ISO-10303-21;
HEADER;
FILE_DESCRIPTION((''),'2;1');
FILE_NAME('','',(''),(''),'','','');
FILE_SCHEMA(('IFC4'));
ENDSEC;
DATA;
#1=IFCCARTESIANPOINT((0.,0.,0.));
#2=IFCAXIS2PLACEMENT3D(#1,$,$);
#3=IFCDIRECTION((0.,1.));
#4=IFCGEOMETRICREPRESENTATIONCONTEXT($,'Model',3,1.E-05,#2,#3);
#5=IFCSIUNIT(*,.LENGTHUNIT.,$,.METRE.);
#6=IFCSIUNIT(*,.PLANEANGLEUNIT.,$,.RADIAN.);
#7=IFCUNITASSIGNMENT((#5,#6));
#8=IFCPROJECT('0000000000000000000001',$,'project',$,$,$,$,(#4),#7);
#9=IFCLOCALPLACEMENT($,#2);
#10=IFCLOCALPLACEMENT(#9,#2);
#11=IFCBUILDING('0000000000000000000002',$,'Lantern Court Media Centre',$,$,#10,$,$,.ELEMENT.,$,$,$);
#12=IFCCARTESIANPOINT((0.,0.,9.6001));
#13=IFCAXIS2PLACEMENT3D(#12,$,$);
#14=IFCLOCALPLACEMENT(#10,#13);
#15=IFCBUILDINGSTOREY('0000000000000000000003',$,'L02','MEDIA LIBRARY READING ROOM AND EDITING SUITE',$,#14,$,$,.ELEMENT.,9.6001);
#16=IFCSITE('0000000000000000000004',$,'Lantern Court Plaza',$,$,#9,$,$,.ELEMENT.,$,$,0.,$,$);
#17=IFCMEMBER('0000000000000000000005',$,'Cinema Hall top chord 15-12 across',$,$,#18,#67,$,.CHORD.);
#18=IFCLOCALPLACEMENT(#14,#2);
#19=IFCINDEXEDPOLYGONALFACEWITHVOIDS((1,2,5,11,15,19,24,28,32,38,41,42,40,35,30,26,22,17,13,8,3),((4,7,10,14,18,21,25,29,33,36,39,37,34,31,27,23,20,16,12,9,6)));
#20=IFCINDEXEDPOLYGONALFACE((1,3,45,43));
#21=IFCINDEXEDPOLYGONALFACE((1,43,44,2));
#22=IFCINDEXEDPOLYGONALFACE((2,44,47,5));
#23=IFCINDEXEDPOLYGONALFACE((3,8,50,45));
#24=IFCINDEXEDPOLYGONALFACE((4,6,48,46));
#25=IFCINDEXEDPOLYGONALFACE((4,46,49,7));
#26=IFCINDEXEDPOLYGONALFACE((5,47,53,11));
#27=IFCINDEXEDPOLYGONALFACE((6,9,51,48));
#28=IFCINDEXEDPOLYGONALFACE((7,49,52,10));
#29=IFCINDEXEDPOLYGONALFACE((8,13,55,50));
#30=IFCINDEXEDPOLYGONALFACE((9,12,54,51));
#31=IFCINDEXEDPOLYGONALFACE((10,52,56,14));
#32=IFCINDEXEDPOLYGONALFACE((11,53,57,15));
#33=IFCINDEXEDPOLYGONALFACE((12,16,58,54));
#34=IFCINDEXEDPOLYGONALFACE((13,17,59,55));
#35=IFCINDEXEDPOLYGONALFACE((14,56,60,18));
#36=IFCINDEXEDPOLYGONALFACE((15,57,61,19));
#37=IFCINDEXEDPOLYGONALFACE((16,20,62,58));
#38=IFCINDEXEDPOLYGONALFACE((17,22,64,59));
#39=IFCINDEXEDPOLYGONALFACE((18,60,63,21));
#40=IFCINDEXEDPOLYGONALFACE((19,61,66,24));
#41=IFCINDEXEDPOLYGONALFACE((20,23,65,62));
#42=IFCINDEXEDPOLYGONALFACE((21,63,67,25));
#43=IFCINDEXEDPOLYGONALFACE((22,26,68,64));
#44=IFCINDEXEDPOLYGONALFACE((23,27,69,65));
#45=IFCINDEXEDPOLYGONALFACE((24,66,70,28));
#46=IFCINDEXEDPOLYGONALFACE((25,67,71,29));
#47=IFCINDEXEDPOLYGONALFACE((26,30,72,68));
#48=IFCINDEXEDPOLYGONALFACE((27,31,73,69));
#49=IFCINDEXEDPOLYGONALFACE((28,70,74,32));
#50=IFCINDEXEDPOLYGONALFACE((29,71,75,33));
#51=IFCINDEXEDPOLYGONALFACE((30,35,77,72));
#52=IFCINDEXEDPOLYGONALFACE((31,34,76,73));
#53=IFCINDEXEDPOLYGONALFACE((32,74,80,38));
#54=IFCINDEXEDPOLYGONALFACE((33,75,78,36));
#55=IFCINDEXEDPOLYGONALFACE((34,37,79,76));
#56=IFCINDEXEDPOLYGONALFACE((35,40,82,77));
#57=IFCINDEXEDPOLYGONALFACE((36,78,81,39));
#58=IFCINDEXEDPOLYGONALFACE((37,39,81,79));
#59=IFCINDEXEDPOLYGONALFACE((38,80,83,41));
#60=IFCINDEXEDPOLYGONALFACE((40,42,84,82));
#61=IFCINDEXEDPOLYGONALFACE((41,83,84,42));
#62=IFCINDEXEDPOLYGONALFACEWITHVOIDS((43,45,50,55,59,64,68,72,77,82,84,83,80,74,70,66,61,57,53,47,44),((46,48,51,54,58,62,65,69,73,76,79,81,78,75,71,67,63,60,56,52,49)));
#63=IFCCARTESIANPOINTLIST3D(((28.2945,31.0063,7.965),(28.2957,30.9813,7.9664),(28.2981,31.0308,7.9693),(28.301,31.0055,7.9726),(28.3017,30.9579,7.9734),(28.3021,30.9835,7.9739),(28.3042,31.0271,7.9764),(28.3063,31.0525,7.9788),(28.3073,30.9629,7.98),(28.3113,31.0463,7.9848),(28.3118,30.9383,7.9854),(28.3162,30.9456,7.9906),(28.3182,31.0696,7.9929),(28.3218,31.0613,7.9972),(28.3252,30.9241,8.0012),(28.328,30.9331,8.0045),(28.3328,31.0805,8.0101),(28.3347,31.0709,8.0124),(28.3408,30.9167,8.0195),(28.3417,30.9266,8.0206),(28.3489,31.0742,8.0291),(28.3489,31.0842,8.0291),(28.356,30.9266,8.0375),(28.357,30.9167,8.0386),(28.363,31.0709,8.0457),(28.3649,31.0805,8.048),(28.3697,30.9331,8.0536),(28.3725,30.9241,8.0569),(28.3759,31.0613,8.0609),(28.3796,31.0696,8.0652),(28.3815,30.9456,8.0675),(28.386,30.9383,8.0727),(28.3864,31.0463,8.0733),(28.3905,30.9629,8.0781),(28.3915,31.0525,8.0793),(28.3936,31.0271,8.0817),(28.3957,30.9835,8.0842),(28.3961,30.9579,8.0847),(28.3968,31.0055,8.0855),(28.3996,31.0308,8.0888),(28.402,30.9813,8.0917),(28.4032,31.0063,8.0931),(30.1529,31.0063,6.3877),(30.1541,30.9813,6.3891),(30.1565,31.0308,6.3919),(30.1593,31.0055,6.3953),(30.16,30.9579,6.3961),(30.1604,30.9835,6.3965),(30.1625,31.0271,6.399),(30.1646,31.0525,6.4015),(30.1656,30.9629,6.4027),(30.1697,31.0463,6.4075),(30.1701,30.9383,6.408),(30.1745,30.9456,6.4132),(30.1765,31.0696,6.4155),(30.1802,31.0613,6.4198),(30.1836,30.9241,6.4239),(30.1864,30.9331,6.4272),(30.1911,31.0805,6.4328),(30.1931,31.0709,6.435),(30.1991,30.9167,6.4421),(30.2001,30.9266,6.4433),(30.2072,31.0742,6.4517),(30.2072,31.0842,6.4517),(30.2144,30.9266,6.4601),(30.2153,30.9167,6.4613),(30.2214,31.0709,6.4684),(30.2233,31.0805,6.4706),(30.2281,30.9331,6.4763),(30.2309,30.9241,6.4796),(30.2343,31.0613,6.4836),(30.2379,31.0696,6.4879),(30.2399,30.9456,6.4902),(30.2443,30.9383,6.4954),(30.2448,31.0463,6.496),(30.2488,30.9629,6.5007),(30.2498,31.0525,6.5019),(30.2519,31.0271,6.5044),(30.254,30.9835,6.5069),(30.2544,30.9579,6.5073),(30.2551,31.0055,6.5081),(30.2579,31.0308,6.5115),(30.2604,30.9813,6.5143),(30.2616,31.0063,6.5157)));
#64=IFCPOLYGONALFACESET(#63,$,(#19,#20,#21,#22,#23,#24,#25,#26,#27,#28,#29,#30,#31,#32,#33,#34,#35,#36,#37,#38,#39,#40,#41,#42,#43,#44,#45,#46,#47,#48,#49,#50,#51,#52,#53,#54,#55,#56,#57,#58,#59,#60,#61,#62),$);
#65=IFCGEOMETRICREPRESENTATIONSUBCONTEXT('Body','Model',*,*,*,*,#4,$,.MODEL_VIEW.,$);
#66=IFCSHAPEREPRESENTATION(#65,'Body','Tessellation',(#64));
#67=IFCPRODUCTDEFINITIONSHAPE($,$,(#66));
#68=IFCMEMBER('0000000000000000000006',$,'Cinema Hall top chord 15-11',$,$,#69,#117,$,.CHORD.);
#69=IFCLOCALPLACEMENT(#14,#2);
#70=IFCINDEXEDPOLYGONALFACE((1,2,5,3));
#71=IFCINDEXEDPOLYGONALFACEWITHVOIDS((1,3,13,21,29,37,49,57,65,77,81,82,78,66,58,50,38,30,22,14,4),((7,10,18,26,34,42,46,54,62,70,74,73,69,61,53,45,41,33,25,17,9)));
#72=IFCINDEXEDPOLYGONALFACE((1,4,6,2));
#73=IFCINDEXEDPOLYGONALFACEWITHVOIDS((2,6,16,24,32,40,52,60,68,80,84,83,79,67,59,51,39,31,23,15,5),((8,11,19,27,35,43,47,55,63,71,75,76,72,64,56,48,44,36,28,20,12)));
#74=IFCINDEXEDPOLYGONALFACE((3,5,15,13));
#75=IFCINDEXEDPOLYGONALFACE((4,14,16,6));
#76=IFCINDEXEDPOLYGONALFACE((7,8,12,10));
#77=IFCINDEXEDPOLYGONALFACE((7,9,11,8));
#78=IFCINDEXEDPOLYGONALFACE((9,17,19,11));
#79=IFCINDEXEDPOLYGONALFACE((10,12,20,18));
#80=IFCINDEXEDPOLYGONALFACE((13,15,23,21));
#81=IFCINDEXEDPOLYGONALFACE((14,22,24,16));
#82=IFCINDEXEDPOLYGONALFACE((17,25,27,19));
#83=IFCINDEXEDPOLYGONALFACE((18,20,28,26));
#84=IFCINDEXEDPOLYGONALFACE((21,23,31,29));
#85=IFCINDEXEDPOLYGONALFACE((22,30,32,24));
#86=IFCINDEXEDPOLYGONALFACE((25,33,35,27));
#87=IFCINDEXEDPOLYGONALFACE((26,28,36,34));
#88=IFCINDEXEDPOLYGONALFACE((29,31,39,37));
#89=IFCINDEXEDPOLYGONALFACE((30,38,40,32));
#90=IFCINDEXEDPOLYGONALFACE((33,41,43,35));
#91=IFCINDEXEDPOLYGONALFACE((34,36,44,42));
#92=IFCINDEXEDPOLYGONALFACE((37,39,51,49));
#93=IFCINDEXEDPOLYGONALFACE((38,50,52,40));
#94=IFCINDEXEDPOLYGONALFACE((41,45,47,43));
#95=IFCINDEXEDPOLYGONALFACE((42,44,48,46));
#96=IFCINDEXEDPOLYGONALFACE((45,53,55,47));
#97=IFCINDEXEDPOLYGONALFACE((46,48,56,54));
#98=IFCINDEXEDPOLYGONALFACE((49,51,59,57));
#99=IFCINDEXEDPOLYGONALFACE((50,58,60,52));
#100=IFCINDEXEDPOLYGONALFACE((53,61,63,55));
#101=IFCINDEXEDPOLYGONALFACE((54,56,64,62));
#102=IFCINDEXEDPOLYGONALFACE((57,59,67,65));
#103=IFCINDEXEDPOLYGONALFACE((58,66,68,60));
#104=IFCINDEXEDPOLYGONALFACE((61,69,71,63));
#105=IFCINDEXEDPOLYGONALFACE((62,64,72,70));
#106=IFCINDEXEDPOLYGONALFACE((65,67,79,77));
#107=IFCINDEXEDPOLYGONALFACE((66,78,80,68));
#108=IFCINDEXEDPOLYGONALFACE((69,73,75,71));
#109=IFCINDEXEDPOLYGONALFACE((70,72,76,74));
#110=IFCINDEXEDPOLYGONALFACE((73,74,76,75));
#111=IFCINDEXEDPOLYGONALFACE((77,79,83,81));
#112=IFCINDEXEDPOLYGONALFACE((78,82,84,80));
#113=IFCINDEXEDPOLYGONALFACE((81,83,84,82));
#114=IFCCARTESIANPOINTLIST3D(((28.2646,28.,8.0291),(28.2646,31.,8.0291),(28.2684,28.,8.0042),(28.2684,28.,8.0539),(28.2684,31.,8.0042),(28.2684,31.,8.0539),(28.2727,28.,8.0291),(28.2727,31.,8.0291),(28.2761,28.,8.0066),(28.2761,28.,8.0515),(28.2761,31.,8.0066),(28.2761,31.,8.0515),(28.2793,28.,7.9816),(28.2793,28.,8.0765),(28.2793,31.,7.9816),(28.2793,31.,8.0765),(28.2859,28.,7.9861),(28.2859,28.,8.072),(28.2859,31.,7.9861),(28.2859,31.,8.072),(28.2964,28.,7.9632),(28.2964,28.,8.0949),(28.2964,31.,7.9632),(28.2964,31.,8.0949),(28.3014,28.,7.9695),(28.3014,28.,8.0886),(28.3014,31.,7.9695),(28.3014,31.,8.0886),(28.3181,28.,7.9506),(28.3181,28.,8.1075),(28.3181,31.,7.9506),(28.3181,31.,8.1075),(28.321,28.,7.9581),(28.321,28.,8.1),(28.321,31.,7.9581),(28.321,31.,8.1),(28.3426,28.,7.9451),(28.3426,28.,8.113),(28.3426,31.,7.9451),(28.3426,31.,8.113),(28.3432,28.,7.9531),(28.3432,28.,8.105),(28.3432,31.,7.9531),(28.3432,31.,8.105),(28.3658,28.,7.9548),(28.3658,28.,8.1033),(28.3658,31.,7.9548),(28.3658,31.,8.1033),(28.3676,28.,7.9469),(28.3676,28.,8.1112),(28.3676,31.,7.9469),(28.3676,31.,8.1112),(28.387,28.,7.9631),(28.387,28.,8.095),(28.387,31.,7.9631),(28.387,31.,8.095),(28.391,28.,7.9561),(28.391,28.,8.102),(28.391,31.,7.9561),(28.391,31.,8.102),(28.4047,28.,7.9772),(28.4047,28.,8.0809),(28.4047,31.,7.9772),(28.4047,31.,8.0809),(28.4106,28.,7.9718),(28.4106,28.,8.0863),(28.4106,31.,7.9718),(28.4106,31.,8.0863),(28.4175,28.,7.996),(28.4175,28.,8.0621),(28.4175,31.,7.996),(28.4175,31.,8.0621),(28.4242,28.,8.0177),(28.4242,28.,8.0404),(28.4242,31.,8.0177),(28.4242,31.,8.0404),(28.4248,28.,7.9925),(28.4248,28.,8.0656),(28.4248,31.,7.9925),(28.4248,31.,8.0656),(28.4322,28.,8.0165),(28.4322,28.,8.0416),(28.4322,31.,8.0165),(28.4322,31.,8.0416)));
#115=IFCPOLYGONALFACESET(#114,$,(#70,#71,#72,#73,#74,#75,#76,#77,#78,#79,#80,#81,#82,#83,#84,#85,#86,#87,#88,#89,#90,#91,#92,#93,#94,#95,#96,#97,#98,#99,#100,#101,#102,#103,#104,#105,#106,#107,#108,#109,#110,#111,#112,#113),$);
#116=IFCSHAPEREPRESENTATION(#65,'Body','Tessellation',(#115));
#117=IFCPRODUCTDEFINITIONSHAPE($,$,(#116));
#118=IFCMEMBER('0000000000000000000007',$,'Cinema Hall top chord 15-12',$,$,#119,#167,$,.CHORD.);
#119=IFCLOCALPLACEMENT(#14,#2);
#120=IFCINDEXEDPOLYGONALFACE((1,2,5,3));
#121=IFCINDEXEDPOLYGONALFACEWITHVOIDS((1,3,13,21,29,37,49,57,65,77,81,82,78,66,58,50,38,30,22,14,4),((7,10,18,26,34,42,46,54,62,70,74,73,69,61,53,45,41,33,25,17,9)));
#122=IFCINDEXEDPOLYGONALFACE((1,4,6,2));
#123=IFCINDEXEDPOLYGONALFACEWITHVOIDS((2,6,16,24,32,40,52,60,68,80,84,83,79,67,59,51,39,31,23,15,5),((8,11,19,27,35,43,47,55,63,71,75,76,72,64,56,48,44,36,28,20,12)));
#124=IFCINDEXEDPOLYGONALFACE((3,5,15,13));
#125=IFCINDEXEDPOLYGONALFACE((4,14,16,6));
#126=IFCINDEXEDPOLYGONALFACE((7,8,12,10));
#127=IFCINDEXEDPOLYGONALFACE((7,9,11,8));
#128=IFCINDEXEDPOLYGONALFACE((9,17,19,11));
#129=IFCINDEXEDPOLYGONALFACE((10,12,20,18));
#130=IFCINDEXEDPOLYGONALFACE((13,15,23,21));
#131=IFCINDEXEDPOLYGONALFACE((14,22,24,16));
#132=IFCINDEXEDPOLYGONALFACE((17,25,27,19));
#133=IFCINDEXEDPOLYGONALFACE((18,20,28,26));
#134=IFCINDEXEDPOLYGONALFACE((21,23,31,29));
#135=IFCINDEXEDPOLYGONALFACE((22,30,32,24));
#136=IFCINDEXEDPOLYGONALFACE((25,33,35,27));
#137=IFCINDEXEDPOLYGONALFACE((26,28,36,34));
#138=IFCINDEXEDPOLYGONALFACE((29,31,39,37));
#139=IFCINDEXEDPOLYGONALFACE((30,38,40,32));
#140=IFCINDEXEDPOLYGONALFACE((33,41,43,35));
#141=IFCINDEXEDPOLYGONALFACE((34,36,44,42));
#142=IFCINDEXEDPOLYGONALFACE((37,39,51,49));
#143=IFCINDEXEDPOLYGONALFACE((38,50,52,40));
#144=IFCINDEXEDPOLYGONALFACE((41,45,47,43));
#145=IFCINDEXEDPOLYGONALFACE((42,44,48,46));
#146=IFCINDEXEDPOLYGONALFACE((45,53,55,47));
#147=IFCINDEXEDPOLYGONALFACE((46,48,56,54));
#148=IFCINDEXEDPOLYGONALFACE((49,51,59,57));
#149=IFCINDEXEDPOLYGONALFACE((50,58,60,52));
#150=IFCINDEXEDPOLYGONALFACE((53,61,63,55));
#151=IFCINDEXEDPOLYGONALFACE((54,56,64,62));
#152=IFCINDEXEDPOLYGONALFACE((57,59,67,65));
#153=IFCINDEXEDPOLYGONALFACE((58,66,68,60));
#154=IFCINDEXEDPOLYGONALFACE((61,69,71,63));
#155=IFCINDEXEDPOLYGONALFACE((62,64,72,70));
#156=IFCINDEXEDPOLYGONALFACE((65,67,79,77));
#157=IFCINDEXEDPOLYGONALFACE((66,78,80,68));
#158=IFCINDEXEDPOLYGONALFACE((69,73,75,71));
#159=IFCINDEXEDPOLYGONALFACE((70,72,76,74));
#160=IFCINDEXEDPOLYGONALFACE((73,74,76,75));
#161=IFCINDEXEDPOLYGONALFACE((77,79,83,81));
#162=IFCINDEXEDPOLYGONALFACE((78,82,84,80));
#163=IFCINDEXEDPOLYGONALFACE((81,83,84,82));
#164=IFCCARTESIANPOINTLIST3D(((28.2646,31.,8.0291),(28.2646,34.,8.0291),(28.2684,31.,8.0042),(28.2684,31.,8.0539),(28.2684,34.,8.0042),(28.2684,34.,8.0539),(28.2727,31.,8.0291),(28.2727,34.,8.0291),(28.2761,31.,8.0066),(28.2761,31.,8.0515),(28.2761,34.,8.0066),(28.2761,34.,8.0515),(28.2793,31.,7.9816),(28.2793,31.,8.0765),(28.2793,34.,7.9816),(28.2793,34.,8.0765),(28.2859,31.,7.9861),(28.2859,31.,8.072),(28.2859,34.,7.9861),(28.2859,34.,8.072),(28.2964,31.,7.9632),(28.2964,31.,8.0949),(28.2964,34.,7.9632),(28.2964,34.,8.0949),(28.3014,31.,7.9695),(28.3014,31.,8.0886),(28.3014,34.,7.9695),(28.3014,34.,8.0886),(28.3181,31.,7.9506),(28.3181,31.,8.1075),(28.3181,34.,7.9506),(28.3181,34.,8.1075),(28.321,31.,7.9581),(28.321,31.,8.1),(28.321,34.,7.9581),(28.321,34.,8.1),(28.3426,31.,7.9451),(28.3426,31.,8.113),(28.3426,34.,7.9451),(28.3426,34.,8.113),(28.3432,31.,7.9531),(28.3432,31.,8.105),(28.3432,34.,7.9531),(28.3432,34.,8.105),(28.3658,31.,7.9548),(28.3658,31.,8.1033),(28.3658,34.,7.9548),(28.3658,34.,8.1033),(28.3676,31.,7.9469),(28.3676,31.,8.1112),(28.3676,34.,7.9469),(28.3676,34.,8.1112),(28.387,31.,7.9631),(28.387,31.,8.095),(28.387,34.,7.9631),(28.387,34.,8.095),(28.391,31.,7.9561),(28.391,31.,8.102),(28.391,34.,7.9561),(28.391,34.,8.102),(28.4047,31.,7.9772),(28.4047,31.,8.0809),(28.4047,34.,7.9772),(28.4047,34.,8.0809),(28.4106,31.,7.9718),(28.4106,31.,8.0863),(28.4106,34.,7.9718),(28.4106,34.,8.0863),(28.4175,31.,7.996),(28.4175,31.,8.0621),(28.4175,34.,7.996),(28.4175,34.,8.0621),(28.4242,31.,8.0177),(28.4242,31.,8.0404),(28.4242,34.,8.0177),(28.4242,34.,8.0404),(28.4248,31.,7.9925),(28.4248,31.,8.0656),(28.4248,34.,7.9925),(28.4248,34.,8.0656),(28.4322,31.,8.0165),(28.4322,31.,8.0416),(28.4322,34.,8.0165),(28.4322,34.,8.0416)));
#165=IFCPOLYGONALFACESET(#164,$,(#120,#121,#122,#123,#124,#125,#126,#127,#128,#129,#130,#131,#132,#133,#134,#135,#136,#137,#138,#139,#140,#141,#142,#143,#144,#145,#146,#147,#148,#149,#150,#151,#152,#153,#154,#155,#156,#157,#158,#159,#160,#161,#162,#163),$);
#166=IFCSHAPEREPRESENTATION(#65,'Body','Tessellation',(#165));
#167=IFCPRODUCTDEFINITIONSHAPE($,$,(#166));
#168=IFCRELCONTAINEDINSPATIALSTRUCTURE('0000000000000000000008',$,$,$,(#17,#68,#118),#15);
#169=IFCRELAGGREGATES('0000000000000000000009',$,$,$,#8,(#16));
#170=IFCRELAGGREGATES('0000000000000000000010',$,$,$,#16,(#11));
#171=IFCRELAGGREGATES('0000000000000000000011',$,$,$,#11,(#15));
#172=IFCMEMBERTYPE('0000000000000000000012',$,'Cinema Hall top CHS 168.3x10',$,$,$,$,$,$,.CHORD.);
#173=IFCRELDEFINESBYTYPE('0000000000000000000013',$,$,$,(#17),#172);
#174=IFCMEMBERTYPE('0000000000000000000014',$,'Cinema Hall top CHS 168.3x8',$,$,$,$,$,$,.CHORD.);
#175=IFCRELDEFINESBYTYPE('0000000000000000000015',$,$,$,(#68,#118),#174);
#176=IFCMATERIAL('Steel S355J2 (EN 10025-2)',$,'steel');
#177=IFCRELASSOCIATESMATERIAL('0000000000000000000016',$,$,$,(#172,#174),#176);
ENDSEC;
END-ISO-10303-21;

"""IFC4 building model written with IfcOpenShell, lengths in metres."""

from ifc_helpers import new_model, si_unit, direction, frame, origin, origin_2d, place, context, subcontext, project, spatial, hollow_circle, extrude, material, material_profile, profile_set, type_object, element, save


model = new_model("IFC4")

# Units and contexts
model_context = context("Model", 3, precision=1e-05, world=origin(), true_north=direction((0.0, 1.0)))
body_context = subcontext(model_context, "Body", "Model", "MODEL_VIEW")
ifc_project = project(units=[si_unit("LENGTHUNIT", "METRE"), si_unit("PLANEANGLEUNIT", "RADIAN")], contexts=[model_context])

# Site, building, storey
site_placement = place(None, origin())
site = spatial("IfcSite", under=ifc_project, at=site_placement, Name="Lantern Court Plaza", CompositionType="ELEMENT", RefElevation=0.0)
building_placement = place(site_placement, origin())
building = spatial("IfcBuilding", under=site, at=building_placement, Name="Lantern Court Media Centre", CompositionType="ELEMENT")
storey_placement = place(building_placement, frame((0.0, 0.0, 9.6001)))
storey = spatial("IfcBuildingStorey", under=building, at=storey_placement, Name="L02", Description="MEDIA LIBRARY READING ROOM AND EDITING SUITE", CompositionType="ELEMENT", Elevation=9.6001)

# Members
ifc_material = material(Name="Steel S355J2 (EN 10025-2)", Category="steel")
ifc_material_profile_1 = material_profile(ifc_material, hollow_circle(Radius=0.0842, WallThickness=0.01, at=origin_2d()), Name="Cinema Hall top CHS 168.3x10")
ifc_profile_set_1 = profile_set([ifc_material_profile_1], Name="Steel S355J2 (EN 10025-2)")
member_type_1 = type_object("IfcMemberType", Name="Cinema Hall top CHS 168.3x10", PredefinedType="CHORD", material=ifc_profile_set_1)
for number, where, z_axis, x_axis, name in (
    (1, (28.3489, 31.0, 8.0291), (0.762394, 0.0, -0.647113), (0.0, 1.0, 0.0), "Cinema Hall top chord 15-12 across"),
):
    element("IfcMember", number, at=place(storey_placement, frame(where, z_axis=z_axis, x_axis=x_axis)), inside=storey, type_object=member_type_1, Name=name, PredefinedType="CHORD", context=body_context, shape_type="SweptSolid", body=[
        extrude(hollow_circle(Radius=0.0842, WallThickness=0.01, at=origin_2d()), origin(), (0.0, 0.0, 1.0), 2.4375),
    ])
ifc_material_profile_2 = material_profile(ifc_material, hollow_circle(Radius=0.0842, WallThickness=0.0081, at=origin_2d()), Name="Cinema Hall top CHS 168.3x8")
ifc_profile_set_2 = profile_set([ifc_material_profile_2], Name="Steel S355J2 (EN 10025-2)")
member_type_2 = type_object("IfcMemberType", Name="Cinema Hall top CHS 168.3x8", PredefinedType="CHORD", material=ifc_profile_set_2)
for number, where, z_axis, x_axis, name in (
    (2, (28.3489, 28.0, 8.0291), (0.0, 1.0, 0.0), (-1.0, 0.0, 0.0), "Cinema Hall top chord 15-11"),
    (3, (28.3489, 31.0, 8.0291), (0.0, 1.0, 0.0), (-1.0, 0.0, 0.0), "Cinema Hall top chord 15-12"),
):
    element("IfcMember", number, at=place(storey_placement, frame(where, z_axis=z_axis, x_axis=x_axis)), inside=storey, type_object=member_type_2, Name=name, PredefinedType="CHORD", context=body_context, shape_type="SweptSolid", body=[
        extrude(hollow_circle(Radius=0.0842, WallThickness=0.0081, at=origin_2d()), origin(), (0.0, 0.0, 1.0), 3.0),
    ])

save(model, "model.ifc")
